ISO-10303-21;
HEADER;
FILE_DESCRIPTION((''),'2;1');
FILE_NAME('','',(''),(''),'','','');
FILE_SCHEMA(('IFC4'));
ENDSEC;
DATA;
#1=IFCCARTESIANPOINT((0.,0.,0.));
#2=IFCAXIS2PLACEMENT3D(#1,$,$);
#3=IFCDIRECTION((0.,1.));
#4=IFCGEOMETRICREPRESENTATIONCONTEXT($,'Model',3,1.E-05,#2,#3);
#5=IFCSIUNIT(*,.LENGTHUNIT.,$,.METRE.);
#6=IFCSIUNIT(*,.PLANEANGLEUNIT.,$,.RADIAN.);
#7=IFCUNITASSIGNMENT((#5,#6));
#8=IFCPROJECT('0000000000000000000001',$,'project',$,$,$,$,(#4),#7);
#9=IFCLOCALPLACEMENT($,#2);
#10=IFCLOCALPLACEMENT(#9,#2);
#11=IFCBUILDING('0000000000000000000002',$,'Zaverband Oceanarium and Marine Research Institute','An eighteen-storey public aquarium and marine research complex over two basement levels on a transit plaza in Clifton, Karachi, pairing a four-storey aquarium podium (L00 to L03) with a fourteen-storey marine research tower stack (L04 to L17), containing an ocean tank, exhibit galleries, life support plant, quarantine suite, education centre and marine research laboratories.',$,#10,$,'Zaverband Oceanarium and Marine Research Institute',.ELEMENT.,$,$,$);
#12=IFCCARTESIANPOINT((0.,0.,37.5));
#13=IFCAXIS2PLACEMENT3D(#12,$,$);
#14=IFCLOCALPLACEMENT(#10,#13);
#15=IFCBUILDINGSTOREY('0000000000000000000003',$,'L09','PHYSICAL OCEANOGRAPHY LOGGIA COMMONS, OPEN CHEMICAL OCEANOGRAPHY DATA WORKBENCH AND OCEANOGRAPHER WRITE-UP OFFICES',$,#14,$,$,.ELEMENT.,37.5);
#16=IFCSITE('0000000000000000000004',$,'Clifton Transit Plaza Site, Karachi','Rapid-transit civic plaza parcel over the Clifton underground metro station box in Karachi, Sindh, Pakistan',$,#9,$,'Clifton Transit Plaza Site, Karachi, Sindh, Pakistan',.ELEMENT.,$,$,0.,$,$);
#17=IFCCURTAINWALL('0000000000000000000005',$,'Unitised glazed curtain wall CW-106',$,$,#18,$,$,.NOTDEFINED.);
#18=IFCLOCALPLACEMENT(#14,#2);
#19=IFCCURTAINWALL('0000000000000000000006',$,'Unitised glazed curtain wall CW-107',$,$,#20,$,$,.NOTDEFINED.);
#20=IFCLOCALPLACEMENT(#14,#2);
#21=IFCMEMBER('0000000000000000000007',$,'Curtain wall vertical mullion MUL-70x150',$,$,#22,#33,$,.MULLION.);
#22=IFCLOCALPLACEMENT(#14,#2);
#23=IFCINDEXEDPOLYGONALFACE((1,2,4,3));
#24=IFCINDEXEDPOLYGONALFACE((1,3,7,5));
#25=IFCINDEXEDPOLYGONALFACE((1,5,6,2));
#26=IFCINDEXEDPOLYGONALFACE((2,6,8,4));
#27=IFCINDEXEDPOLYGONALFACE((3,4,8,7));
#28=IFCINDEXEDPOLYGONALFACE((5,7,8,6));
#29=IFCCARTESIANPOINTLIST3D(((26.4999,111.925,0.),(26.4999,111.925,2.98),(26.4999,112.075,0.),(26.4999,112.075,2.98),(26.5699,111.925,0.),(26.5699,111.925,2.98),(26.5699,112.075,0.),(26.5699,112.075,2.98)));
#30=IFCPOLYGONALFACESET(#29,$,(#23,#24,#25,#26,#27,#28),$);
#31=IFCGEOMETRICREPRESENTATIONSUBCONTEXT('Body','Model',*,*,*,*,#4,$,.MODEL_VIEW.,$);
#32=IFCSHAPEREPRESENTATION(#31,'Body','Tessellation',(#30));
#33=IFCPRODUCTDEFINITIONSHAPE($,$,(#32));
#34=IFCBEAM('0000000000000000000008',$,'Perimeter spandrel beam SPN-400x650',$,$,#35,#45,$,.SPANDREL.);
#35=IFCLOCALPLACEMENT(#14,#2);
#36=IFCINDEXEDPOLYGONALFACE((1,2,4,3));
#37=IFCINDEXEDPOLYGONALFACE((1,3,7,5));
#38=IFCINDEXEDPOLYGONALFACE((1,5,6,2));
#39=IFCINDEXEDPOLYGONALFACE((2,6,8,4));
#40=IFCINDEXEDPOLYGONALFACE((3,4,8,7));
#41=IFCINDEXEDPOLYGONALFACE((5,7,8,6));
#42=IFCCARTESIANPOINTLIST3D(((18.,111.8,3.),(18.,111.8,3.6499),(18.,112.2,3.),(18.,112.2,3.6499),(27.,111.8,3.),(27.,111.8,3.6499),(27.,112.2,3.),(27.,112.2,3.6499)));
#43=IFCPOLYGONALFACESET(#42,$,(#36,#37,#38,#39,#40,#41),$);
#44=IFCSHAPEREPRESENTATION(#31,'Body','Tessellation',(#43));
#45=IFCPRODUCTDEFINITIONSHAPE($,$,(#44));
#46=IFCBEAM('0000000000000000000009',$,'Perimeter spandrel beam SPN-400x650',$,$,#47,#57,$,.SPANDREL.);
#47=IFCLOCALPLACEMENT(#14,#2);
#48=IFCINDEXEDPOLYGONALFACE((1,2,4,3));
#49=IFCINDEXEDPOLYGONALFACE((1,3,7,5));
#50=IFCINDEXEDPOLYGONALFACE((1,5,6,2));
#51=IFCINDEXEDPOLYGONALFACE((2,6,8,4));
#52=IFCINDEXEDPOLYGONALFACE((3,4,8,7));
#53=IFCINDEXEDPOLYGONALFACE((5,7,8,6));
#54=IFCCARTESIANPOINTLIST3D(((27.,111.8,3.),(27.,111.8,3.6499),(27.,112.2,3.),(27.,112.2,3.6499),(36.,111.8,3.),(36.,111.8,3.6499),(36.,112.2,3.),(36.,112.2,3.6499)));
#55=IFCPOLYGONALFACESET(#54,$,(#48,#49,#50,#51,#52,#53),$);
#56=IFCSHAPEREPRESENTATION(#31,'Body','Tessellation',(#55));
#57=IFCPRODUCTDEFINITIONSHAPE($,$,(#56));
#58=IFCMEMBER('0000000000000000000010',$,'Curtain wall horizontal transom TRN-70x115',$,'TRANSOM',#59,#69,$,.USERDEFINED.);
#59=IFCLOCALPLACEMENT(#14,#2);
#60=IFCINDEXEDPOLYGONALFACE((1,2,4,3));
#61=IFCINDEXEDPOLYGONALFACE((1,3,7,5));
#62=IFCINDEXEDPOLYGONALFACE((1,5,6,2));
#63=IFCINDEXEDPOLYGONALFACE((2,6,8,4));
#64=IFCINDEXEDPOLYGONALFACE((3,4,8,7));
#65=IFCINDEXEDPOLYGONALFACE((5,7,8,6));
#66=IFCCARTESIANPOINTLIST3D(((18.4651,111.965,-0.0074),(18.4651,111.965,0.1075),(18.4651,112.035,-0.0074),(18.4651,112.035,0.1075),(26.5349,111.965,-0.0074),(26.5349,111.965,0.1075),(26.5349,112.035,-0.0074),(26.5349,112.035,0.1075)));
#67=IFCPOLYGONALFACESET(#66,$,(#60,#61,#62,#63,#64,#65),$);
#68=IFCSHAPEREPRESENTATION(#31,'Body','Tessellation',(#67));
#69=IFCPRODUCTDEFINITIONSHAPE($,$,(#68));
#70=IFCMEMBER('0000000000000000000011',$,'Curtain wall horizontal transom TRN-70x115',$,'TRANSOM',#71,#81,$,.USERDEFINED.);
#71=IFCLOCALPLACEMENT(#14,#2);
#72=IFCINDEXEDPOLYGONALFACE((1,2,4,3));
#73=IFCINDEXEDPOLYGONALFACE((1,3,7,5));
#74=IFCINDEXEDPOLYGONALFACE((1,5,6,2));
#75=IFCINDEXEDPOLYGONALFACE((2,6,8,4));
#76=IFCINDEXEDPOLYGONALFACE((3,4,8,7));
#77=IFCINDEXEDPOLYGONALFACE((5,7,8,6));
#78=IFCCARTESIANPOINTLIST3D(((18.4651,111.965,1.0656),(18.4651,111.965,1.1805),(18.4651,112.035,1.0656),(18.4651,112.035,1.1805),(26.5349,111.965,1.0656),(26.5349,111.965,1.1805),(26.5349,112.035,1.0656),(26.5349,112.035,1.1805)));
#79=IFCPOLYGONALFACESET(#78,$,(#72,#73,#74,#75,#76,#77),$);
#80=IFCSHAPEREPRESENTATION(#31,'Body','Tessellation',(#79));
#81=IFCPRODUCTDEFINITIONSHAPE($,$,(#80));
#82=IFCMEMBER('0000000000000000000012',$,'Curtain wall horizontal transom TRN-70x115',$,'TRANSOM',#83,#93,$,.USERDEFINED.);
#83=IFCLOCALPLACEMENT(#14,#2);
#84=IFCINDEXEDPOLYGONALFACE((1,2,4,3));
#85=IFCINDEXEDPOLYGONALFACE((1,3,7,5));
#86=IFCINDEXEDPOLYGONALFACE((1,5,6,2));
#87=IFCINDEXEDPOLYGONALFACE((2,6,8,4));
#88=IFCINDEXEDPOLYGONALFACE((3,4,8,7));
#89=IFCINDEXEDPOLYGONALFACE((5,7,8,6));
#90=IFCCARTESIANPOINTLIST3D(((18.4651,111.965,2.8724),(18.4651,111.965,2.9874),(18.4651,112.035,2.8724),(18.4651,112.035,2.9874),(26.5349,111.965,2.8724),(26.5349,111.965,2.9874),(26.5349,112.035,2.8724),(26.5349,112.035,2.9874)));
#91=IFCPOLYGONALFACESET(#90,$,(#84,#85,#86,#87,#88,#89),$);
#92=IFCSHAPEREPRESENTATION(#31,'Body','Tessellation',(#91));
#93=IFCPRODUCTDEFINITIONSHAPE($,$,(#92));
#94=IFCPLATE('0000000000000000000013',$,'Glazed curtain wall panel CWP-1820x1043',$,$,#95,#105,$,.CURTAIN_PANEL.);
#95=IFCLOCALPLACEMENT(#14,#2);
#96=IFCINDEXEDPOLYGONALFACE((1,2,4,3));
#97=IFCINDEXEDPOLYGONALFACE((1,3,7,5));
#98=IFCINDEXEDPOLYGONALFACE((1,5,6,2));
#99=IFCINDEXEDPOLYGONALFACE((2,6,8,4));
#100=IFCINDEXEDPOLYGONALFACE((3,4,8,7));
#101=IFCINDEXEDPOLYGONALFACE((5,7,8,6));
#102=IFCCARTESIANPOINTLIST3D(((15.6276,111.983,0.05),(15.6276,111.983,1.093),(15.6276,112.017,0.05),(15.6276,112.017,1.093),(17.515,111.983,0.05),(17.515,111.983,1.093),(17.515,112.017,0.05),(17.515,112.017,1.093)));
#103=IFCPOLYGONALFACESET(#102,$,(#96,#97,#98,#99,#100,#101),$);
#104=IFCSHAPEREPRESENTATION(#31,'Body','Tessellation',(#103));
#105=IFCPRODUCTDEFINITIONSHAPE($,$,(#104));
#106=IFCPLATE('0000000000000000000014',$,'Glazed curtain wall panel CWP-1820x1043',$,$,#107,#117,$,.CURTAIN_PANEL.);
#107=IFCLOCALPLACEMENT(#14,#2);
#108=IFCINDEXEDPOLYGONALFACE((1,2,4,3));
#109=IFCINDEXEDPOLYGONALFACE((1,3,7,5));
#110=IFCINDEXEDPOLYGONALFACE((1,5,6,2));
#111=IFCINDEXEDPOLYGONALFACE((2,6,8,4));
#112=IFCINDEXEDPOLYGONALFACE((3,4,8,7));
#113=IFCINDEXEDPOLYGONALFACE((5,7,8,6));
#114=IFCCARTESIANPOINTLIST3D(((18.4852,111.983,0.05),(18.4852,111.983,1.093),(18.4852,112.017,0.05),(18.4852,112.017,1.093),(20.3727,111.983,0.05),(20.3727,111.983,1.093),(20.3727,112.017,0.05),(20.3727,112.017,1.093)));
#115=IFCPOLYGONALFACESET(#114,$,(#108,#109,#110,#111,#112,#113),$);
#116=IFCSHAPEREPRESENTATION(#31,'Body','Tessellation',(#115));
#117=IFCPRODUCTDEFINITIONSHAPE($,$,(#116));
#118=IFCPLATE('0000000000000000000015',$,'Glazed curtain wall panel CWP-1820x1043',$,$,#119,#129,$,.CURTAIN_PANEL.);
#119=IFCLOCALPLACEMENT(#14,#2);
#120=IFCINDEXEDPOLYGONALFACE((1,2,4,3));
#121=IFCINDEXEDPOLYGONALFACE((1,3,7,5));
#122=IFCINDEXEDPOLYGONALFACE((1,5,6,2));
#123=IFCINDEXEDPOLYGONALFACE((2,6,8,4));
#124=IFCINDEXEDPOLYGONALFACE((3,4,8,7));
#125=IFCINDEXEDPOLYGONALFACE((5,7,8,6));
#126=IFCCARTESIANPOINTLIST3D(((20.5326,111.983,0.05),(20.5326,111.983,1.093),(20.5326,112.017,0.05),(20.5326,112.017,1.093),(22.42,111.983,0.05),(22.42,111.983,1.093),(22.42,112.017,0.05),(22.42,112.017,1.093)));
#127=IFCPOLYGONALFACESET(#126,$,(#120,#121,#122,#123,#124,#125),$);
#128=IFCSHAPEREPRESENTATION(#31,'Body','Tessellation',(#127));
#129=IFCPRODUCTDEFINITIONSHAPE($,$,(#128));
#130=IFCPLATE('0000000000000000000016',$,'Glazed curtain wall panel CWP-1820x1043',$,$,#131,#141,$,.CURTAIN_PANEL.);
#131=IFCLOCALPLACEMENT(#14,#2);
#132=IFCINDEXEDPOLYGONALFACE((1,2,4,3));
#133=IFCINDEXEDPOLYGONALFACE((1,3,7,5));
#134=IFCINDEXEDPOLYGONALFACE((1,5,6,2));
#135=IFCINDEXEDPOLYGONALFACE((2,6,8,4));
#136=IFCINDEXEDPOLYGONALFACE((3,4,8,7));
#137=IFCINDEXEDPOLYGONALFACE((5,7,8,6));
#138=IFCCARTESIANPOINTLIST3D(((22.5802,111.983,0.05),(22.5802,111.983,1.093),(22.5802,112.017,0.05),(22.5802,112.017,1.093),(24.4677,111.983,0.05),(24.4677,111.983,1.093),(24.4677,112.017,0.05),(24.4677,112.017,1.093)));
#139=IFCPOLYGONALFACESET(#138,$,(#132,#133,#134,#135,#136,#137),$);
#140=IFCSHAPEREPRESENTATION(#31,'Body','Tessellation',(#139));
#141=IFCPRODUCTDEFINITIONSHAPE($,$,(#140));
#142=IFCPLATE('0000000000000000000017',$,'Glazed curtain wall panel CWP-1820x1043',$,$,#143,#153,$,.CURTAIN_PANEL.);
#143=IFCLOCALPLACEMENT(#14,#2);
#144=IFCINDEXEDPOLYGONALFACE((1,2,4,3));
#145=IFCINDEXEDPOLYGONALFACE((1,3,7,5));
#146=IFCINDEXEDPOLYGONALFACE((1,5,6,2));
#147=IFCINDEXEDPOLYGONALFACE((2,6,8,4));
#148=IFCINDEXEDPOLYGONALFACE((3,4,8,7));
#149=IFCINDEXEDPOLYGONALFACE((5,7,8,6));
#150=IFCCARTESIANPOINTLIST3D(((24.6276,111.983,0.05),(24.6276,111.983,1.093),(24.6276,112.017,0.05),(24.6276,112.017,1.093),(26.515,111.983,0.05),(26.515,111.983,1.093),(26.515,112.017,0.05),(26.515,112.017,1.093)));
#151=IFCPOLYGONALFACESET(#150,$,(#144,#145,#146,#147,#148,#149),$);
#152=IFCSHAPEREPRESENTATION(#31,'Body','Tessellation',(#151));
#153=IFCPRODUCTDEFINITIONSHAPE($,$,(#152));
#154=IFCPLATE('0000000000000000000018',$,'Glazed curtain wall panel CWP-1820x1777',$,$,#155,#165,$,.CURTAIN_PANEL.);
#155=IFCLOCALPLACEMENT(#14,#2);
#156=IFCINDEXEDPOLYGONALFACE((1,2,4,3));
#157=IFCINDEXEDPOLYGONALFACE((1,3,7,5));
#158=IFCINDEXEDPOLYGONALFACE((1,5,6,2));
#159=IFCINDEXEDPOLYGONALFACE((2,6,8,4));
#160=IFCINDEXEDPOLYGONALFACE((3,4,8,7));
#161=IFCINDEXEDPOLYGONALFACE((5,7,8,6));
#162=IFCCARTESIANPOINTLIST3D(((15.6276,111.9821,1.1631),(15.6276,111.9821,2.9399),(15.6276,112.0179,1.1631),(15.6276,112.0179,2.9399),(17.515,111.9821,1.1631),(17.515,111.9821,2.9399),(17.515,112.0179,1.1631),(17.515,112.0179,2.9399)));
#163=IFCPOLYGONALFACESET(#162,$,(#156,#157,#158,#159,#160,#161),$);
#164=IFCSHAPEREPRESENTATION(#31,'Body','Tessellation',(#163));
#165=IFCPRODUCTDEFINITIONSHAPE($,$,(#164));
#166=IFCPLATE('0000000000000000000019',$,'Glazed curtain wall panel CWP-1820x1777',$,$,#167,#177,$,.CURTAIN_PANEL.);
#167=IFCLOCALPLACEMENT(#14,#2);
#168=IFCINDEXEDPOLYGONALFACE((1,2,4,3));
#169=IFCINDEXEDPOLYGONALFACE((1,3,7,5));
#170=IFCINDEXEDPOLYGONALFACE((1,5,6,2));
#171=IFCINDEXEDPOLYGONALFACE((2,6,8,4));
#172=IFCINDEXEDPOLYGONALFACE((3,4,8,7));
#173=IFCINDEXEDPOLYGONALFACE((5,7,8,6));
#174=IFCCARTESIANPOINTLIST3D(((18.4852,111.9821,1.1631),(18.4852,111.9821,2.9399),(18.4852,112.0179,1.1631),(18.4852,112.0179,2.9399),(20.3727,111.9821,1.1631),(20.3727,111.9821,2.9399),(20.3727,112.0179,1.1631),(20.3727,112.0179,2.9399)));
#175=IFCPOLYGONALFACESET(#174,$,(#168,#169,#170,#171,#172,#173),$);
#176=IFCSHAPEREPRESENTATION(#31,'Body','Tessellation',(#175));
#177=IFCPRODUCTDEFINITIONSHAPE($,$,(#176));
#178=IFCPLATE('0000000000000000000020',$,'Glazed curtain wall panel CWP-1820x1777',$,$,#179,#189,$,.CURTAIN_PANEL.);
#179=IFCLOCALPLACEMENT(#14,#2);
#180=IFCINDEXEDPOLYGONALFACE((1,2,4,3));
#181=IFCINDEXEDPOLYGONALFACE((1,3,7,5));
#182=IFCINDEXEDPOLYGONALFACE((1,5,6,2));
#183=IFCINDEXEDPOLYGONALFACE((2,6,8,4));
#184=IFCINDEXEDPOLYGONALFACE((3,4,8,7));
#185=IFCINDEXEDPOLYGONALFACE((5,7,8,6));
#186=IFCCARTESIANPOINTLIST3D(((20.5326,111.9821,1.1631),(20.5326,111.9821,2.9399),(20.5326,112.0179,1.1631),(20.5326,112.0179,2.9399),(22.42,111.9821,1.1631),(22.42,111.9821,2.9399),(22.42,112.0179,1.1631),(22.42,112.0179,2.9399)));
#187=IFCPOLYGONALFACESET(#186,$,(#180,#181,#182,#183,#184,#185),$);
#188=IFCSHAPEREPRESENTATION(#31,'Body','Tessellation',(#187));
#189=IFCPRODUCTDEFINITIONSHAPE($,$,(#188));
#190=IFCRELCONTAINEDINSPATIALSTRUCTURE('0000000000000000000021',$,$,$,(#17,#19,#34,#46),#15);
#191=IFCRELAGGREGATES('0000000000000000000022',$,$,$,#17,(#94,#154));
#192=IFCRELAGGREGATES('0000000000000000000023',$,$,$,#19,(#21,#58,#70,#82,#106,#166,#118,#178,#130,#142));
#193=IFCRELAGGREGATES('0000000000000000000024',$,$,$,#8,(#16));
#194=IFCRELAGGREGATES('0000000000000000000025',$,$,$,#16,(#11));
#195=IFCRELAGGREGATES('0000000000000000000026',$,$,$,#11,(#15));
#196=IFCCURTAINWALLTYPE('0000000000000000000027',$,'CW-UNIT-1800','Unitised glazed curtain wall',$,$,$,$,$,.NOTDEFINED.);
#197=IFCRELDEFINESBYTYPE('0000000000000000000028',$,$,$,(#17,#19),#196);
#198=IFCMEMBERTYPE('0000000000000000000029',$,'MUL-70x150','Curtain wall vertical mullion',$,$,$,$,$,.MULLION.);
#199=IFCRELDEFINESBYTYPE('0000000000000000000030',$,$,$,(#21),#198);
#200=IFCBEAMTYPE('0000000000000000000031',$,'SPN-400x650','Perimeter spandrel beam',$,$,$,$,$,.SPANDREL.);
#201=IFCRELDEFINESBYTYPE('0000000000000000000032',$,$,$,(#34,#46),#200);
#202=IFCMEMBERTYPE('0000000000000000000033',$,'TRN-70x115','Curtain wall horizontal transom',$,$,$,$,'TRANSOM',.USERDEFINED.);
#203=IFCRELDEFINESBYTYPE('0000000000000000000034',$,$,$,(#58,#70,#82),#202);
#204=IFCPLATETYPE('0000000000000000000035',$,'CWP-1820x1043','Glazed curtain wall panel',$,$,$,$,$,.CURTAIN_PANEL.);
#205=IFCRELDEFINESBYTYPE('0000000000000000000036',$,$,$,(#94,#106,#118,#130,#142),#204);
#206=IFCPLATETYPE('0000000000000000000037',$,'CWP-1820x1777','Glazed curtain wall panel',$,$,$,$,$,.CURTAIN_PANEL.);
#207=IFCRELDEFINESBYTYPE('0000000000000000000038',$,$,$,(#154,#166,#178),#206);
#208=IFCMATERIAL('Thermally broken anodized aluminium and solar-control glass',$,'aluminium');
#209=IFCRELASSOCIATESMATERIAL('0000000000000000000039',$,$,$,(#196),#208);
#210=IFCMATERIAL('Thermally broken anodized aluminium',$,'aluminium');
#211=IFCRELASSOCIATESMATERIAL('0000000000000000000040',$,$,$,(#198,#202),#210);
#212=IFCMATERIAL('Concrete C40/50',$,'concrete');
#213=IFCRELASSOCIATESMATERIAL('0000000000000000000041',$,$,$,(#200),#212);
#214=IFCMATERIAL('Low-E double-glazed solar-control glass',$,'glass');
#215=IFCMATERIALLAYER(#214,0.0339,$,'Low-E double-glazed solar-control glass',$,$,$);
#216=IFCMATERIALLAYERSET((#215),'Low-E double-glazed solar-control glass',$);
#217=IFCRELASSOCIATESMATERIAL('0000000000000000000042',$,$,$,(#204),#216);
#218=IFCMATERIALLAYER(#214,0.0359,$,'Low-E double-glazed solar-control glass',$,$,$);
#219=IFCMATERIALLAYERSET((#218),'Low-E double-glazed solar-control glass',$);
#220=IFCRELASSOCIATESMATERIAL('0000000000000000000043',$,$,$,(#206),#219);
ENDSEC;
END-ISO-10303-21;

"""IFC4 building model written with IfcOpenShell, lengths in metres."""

from ifc_helpers import new_model, si_unit, direction, frame, frame_2d, origin, origin_2d, place, context, subcontext, project, spatial, rectangle, extrude, material, layer, layer_set, material_profile, profile_set, type_object, element, aggregate, save


model = new_model("IFC4")

# Units and contexts
model_context = context("Model", 3, precision=1e-05, world=origin(), true_north=direction((0.0, 1.0)))
body_context = subcontext(model_context, "Body", "Model", "MODEL_VIEW")
ifc_project = project(units=[si_unit("LENGTHUNIT", "METRE"), si_unit("PLANEANGLEUNIT", "RADIAN")], contexts=[model_context])

# Site, building, storey
site_placement = place(None, origin())
site = spatial("IfcSite", under=ifc_project, at=site_placement, Name="Clifton Transit Plaza Site, Karachi", Description="Rapid-transit civic plaza parcel over the Clifton underground metro station box in Karachi, Sindh, Pakistan", LongName="Clifton Transit Plaza Site, Karachi, Sindh, Pakistan", CompositionType="ELEMENT", RefElevation=0.0)
building_placement = place(site_placement, origin())
building = spatial("IfcBuilding", under=site, at=building_placement, Name="Zaverband Oceanarium and Marine Research Institute", Description="An eighteen-storey public aquarium and marine research complex over two basement levels on a transit plaza in Clifton, Karachi, pairing a four-storey aquarium podium (L00 to L03) with a fourteen-storey marine research tower stack (L04 to L17), containing an ocean tank, exhibit galleries, life support plant, quarantine suite, education centre and marine research laboratories.", LongName="Zaverband Oceanarium and Marine Research Institute", CompositionType="ELEMENT")
storey_placement = place(building_placement, frame((0.0, 0.0, 37.5)))
storey = spatial("IfcBuildingStorey", under=building, at=storey_placement, Name="L09", Description="PHYSICAL OCEANOGRAPHY LOGGIA COMMONS, OPEN CHEMICAL OCEANOGRAPHY DATA WORKBENCH AND OCEANOGRAPHER WRITE-UP OFFICES", CompositionType="ELEMENT", Elevation=37.5)

# Shared definitions
ifc_material_1 = material(Name="Concrete C40/50", Category="concrete")

# Curtain walls, member
ifc_material_2 = material(Name="Thermally broken anodized aluminium and solar-control glass", Category="aluminium")
curtain_wall_type = type_object("IfcCurtainWallType", Name="CW-UNIT-1800", Description="Unitised glazed curtain wall", PredefinedType="NOTDEFINED", material=ifc_material_2)
curtain_wall_1_placement = place(storey_placement, origin())
curtain_wall_1 = element("IfcCurtainWall", 1, at=curtain_wall_1_placement, inside=storey, type_object=curtain_wall_type, Name="Unitised glazed curtain wall CW-106", PredefinedType="NOTDEFINED")
ifc_material_3 = material(Name="Thermally broken anodized aluminium", Category="aluminium")
ifc_material_profile_1 = material_profile(ifc_material_3, rectangle(XDim=0.0701, YDim=0.1499, at=origin_2d()), Name="AL-MUL-70x150")
ifc_profile_set_1 = profile_set([ifc_material_profile_1], Name="Thermally broken anodized aluminium")
member_type_1 = type_object("IfcMemberType", Name="MUL-70x150", Description="Curtain wall vertical mullion", PredefinedType="MULLION", material=ifc_profile_set_1)
curtain_wall_2_placement = place(storey_placement, origin())
curtain_wall_2 = element("IfcCurtainWall", 2, at=curtain_wall_2_placement, inside=storey, type_object=curtain_wall_type, Name="Unitised glazed curtain wall CW-107", PredefinedType="NOTDEFINED")
member_1_placement = place(storey_placement, frame((26.5349, 112.0, 0.0), z_axis=(0.0, 0.0, 1.0), x_axis=(1.0, 0.0, 0.0)))
member_1 = element("IfcMember", 3, at=member_1_placement, type_object=member_type_1, Name="Curtain wall vertical mullion MUL-70x150", PredefinedType="MULLION", context=body_context, shape_type="SweptSolid", body=[
    extrude(rectangle(XDim=0.0701, YDim=0.1499, at=origin_2d()), origin(), (0.0, 0.0, 1.0), 2.98),
])

# Beams
ifc_material_profile_2 = material_profile(ifc_material_1, rectangle(XDim=0.3999, YDim=0.6499, at=origin_2d()), Name="RC400x650")
ifc_profile_set_2 = profile_set([ifc_material_profile_2], Name="Concrete C40/50")
beam_type_1 = type_object("IfcBeamType", Name="SPN-400x650", Description="Perimeter spandrel beam", PredefinedType="SPANDREL", material=ifc_profile_set_2)
for number, where, z_axis, x_axis, name in (
    (4, (18.0, 112.0, 3.325), (1.0, 0.0, 0.0), (0.0, 1.0, 0.0), "Perimeter spandrel beam SPN-400x650"),
    (5, (27.0, 112.0, 3.325), (1.0, 0.0, 0.0), (0.0, 1.0, 0.0), "Perimeter spandrel beam SPN-400x650"),
):
    element("IfcBeam", number, at=place(storey_placement, frame(where, z_axis=z_axis, x_axis=x_axis)), inside=storey, type_object=beam_type_1, Name=name, PredefinedType="SPANDREL", context=body_context, shape_type="SweptSolid", body=[
        extrude(rectangle(XDim=0.3999, YDim=0.6499, at=origin_2d()), origin(), (0.0, 0.0, 1.0), 9.0),
    ])

# Members
ifc_material_profile_3 = material_profile(ifc_material_3, rectangle(XDim=0.0701, YDim=0.115, at=origin_2d()), Name="AL-TRN-70x115")
ifc_profile_set_3 = profile_set([ifc_material_profile_3], Name="Thermally broken anodized aluminium")
member_type_2 = type_object("IfcMemberType", Name="TRN-70x115", Description="Curtain wall horizontal transom", ElementType="TRANSOM", PredefinedType="USERDEFINED", material=ifc_profile_set_3)
member_2_placement = place(storey_placement, frame((18.4651, 112.0, 0.05), z_axis=(1.0, 0.0, 0.0), x_axis=(0.0, 1.0, 0.0)))
member_2 = element("IfcMember", 6, at=member_2_placement, type_object=member_type_2, Name="Curtain wall horizontal transom TRN-70x115", ObjectType="TRANSOM", PredefinedType="USERDEFINED", context=body_context, shape_type="SweptSolid", body=[
    extrude(rectangle(XDim=0.0701, YDim=0.115, at=origin_2d()), origin(), (0.0, 0.0, 1.0), 8.0698),
])
member_3_placement = place(storey_placement, frame((18.4651, 112.0, 1.123), z_axis=(1.0, 0.0, 0.0), x_axis=(0.0, 1.0, 0.0)))
member_3 = element("IfcMember", 7, at=member_3_placement, type_object=member_type_2, Name="Curtain wall horizontal transom TRN-70x115", ObjectType="TRANSOM", PredefinedType="USERDEFINED", context=body_context, shape_type="SweptSolid", body=[
    extrude(rectangle(XDim=0.0701, YDim=0.115, at=origin_2d()), origin(), (0.0, 0.0, 1.0), 8.0698),
])
member_4_placement = place(storey_placement, frame((18.4651, 112.0, 2.9299), z_axis=(1.0, 0.0, 0.0), x_axis=(0.0, 1.0, 0.0)))
member_4 = element("IfcMember", 8, at=member_4_placement, type_object=member_type_2, Name="Curtain wall horizontal transom TRN-70x115", ObjectType="TRANSOM", PredefinedType="USERDEFINED", context=body_context, shape_type="SweptSolid", body=[
    extrude(rectangle(XDim=0.0701, YDim=0.115, at=origin_2d()), origin(), (0.0, 0.0, 1.0), 8.0698),
])

# Plates
ifc_material_4 = material(Name="Low-E double-glazed solar-control glass", Category="glass")
ifc_layer_1 = layer(ifc_material_4, 0.0339, Name="Low-E double-glazed solar-control glass")
ifc_layer_set_1 = layer_set([ifc_layer_1], Name="Low-E double-glazed solar-control glass")
plate_type_1 = type_object("IfcPlateType", Name="CWP-1820x1043", Description="Glazed curtain wall panel", PredefinedType="CURTAIN_PANEL", material=ifc_layer_set_1)
plate_1_placement = place(storey_placement, frame((15.6274, 112.0, 0.05), z_axis=(0.0, 0.0, 1.0), x_axis=(1.0, 0.0, 0.0)))
plate_1 = element("IfcPlate", 9, at=plate_1_placement, type_object=plate_type_1, Name="Glazed curtain wall panel CWP-1820x1043", PredefinedType="CURTAIN_PANEL", context=body_context, shape_type="SweptSolid", body=[
    extrude(rectangle(XDim=1.8875, YDim=0.0339, at=frame_2d((0.9438, 0.0))), origin(), (0.0, 0.0, 1.0), 1.043),
])
plate_2_placement = place(storey_placement, frame((18.4851, 112.0, 0.05), z_axis=(0.0, 0.0, 1.0), x_axis=(1.0, 0.0, 0.0)))
plate_2 = element("IfcPlate", 10, at=plate_2_placement, type_object=plate_type_1, Name="Glazed curtain wall panel CWP-1820x1043", PredefinedType="CURTAIN_PANEL", context=body_context, shape_type="SweptSolid", body=[
    extrude(rectangle(XDim=1.8875, YDim=0.0339, at=frame_2d((0.9438, 0.0))), origin(), (0.0, 0.0, 1.0), 1.043),
])
plate_3_placement = place(storey_placement, frame((20.5325, 112.0, 0.05), z_axis=(0.0, 0.0, 1.0), x_axis=(1.0, 0.0, 0.0)))
plate_3 = element("IfcPlate", 11, at=plate_3_placement, type_object=plate_type_1, Name="Glazed curtain wall panel CWP-1820x1043", PredefinedType="CURTAIN_PANEL", context=body_context, shape_type="SweptSolid", body=[
    extrude(rectangle(XDim=1.8875, YDim=0.0339, at=frame_2d((0.9438, 0.0))), origin(), (0.0, 0.0, 1.0), 1.043),
])
plate_4_placement = place(storey_placement, frame((22.5801, 112.0, 0.05), z_axis=(0.0, 0.0, 1.0), x_axis=(1.0, 0.0, 0.0)))
plate_4 = element("IfcPlate", 12, at=plate_4_placement, type_object=plate_type_1, Name="Glazed curtain wall panel CWP-1820x1043", PredefinedType="CURTAIN_PANEL", context=body_context, shape_type="SweptSolid", body=[
    extrude(rectangle(XDim=1.8875, YDim=0.0339, at=frame_2d((0.9438, 0.0))), origin(), (0.0, 0.0, 1.0), 1.043),
])
plate_5_placement = place(storey_placement, frame((24.6274, 112.0, 0.05), z_axis=(0.0, 0.0, 1.0), x_axis=(1.0, 0.0, 0.0)))
plate_5 = element("IfcPlate", 13, at=plate_5_placement, type_object=plate_type_1, Name="Glazed curtain wall panel CWP-1820x1043", PredefinedType="CURTAIN_PANEL", context=body_context, shape_type="SweptSolid", body=[
    extrude(rectangle(XDim=1.8875, YDim=0.0339, at=frame_2d((0.9438, 0.0))), origin(), (0.0, 0.0, 1.0), 1.043),
])
ifc_layer_2 = layer(ifc_material_4, 0.0359, Name="Low-E double-glazed solar-control glass")
ifc_layer_set_2 = layer_set([ifc_layer_2], Name="Low-E double-glazed solar-control glass")
plate_type_2 = type_object("IfcPlateType", Name="CWP-1820x1777", Description="Glazed curtain wall panel", PredefinedType="CURTAIN_PANEL", material=ifc_layer_set_2)
plate_6_placement = place(storey_placement, frame((15.6274, 112.0, 1.1631), z_axis=(0.0, 0.0, 1.0), x_axis=(1.0, 0.0, 0.0)))
plate_6 = element("IfcPlate", 14, at=plate_6_placement, type_object=plate_type_2, Name="Glazed curtain wall panel CWP-1820x1777", PredefinedType="CURTAIN_PANEL", context=body_context, shape_type="SweptSolid", body=[
    extrude(rectangle(XDim=1.8875, YDim=0.0359, at=frame_2d((0.9438, 0.0))), origin(), (0.0, 0.0, 1.0), 1.7769),
])
aggregate(curtain_wall_1, [plate_1, plate_6])
plate_7_placement = place(storey_placement, frame((18.4851, 112.0, 1.1631), z_axis=(0.0, 0.0, 1.0), x_axis=(1.0, 0.0, 0.0)))
plate_7 = element("IfcPlate", 15, at=plate_7_placement, type_object=plate_type_2, Name="Glazed curtain wall panel CWP-1820x1777", PredefinedType="CURTAIN_PANEL", context=body_context, shape_type="SweptSolid", body=[
    extrude(rectangle(XDim=1.8875, YDim=0.0359, at=frame_2d((0.9438, 0.0))), origin(), (0.0, 0.0, 1.0), 1.7769),
])
plate_8_placement = place(storey_placement, frame((20.5325, 112.0, 1.1631), z_axis=(0.0, 0.0, 1.0), x_axis=(1.0, 0.0, 0.0)))
plate_8 = element("IfcPlate", 16, at=plate_8_placement, type_object=plate_type_2, Name="Glazed curtain wall panel CWP-1820x1777", PredefinedType="CURTAIN_PANEL", context=body_context, shape_type="SweptSolid", body=[
    extrude(rectangle(XDim=1.8875, YDim=0.0359, at=frame_2d((0.9438, 0.0))), origin(), (0.0, 0.0, 1.0), 1.7769),
])
aggregate(curtain_wall_2, [member_1, member_2, member_3, member_4, plate_2, plate_7, plate_3, plate_8, plate_4, plate_5])

save(model, "model.ifc")
